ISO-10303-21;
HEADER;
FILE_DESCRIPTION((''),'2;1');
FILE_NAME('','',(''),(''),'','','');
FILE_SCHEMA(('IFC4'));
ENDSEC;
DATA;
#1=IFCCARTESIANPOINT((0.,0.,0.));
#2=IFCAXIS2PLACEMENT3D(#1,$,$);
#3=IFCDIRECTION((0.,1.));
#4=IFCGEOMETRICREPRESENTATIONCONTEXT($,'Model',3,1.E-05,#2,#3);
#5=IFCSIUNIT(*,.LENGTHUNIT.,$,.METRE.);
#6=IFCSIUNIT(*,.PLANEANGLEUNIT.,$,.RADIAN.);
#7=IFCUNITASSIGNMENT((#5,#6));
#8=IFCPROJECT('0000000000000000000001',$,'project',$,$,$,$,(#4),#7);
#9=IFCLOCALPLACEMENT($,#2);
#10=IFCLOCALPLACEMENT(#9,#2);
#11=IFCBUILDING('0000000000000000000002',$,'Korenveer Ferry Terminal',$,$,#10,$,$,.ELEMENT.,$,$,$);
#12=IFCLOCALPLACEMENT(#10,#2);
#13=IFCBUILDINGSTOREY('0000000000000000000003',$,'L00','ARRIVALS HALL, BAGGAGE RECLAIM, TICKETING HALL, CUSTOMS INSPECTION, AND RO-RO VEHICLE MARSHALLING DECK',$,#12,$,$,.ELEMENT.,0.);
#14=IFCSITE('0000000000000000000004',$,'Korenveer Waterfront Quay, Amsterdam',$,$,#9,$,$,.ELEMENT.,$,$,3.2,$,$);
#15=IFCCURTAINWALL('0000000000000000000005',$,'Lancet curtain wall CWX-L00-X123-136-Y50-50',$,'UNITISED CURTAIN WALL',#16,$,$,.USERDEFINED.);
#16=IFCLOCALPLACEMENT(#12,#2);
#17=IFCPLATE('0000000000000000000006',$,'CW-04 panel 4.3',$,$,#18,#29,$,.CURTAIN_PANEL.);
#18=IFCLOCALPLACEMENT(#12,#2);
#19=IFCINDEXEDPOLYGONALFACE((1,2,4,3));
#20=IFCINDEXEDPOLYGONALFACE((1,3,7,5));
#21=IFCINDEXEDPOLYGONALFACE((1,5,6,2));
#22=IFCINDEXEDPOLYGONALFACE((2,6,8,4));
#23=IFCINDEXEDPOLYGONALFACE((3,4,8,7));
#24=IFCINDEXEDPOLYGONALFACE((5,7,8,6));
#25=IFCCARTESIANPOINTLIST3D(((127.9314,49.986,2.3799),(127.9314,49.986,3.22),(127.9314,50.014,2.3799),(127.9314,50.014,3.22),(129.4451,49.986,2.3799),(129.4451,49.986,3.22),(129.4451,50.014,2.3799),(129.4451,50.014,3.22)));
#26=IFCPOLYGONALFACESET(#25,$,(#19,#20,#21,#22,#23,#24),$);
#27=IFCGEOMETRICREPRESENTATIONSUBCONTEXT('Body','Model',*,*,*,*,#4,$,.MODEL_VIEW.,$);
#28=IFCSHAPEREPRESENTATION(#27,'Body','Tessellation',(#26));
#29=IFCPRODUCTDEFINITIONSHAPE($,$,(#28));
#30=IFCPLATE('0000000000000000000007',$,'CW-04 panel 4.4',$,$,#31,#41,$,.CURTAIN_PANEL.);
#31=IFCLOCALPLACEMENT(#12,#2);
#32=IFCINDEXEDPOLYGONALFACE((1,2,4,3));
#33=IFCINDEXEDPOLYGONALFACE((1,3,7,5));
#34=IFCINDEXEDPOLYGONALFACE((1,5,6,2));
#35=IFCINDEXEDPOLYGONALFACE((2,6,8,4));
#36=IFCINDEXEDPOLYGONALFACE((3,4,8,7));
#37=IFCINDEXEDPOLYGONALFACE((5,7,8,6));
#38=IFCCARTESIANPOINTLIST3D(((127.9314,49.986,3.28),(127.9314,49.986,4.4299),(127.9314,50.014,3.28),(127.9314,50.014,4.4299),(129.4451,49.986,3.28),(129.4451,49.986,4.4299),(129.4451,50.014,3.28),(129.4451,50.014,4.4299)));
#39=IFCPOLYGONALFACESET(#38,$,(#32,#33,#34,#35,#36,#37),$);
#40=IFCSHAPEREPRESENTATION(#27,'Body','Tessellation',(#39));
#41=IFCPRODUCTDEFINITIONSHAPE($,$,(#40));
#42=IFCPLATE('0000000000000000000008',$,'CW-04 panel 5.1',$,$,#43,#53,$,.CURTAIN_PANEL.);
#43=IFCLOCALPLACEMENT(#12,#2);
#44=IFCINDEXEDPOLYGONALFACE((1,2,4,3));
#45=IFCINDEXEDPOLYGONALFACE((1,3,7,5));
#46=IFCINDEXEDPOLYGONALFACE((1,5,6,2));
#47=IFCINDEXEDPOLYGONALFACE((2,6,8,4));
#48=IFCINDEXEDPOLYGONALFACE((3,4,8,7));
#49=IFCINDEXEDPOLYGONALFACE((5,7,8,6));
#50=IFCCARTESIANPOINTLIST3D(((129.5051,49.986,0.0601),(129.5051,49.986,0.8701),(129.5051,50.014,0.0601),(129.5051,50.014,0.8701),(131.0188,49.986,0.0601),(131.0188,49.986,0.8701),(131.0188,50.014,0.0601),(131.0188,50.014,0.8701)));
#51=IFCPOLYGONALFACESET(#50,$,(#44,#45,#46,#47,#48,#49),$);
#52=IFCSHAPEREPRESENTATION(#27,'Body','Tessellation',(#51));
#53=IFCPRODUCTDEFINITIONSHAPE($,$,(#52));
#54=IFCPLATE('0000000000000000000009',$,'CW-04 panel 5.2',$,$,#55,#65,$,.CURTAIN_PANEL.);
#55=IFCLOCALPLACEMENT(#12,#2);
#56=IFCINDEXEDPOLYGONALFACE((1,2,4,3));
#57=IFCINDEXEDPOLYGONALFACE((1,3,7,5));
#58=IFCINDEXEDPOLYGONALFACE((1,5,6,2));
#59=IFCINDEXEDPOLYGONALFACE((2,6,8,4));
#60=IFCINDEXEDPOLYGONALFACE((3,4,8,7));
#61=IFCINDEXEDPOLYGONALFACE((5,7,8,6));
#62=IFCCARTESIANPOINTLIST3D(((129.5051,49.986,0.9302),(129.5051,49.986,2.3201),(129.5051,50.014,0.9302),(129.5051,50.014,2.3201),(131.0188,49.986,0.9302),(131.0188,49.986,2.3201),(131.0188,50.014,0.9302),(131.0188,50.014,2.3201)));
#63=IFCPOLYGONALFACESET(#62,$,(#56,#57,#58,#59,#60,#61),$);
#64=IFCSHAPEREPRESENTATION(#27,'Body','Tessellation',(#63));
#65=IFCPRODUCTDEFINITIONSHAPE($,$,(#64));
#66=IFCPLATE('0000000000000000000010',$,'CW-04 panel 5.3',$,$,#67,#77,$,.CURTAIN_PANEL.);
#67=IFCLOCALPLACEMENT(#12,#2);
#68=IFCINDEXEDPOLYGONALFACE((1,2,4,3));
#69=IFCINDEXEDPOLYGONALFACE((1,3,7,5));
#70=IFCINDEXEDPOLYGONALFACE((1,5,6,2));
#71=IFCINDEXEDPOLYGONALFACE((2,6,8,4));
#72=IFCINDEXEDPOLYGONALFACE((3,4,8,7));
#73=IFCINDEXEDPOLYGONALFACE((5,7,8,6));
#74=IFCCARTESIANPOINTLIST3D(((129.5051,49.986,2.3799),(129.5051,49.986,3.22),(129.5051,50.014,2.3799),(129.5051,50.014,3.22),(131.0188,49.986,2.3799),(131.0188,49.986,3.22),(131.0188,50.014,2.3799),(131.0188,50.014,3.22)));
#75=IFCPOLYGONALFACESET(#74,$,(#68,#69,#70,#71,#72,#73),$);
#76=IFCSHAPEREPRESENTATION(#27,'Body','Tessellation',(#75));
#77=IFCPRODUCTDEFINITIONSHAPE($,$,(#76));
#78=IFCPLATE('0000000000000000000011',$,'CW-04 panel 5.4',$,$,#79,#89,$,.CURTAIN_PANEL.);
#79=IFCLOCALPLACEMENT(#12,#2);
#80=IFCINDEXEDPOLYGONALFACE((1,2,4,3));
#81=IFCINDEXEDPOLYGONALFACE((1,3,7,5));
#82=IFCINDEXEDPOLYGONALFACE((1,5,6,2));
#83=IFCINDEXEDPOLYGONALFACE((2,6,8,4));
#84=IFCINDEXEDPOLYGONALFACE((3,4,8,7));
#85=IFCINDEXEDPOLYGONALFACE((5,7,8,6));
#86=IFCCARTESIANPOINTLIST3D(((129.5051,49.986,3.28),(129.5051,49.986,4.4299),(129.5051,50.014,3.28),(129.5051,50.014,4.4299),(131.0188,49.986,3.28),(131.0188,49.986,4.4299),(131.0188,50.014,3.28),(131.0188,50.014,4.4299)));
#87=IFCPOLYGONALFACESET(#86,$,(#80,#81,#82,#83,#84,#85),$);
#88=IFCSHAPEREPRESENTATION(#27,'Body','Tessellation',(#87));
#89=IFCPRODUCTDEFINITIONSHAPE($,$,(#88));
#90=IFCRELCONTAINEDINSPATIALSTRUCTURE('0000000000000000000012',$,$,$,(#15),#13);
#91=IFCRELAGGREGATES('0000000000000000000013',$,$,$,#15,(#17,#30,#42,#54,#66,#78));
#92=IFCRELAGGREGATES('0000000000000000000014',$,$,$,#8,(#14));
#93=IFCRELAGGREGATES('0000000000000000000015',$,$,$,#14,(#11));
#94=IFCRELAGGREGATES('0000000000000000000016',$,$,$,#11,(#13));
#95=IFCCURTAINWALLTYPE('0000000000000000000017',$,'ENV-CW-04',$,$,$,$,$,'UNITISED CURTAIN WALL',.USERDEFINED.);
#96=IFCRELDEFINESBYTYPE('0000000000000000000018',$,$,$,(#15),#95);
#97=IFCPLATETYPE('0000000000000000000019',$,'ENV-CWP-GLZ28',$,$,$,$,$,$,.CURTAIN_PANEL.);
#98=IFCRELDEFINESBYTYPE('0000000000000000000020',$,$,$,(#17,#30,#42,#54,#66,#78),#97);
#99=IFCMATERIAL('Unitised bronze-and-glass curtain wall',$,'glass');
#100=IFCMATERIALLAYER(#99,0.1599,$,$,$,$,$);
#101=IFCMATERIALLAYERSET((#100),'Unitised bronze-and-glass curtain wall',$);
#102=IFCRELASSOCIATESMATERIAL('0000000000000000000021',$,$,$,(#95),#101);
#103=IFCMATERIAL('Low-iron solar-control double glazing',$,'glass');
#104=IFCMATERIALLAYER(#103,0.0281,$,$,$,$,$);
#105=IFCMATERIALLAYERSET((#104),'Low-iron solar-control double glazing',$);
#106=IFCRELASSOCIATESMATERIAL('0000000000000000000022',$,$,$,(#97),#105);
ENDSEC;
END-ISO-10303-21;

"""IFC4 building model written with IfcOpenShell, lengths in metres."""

from ifc_helpers import new_model, si_unit, direction, frame, origin, origin_2d, place, context, subcontext, project, spatial, rectangle, extrude, material, layer, layer_set, type_object, element, aggregate, save


model = new_model("IFC4")

# Units and contexts
model_context = context("Model", 3, precision=1e-05, world=origin(), true_north=direction((0.0, 1.0)))
body_context = subcontext(model_context, "Body", "Model", "MODEL_VIEW")
ifc_project = project(units=[si_unit("LENGTHUNIT", "METRE"), si_unit("PLANEANGLEUNIT", "RADIAN")], contexts=[model_context])

# Site, building, storey
site_placement = place(None, origin())
site = spatial("IfcSite", under=ifc_project, at=site_placement, Name="Korenveer Waterfront Quay, Amsterdam", CompositionType="ELEMENT", RefElevation=3.2)
building_placement = place(site_placement, origin())
building = spatial("IfcBuilding", under=site, at=building_placement, Name="Korenveer Ferry Terminal", CompositionType="ELEMENT")
storey_placement = place(building_placement, origin())
storey = spatial("IfcBuildingStorey", under=building, at=storey_placement, Name="L00", Description="ARRIVALS HALL, BAGGAGE RECLAIM, TICKETING HALL, CUSTOMS INSPECTION, AND RO-RO VEHICLE MARSHALLING DECK", CompositionType="ELEMENT", Elevation=0.0)

# Curtain wall, plates
ifc_material_1 = material(Name="Unitised bronze-and-glass curtain wall", Category="glass")
ifc_layer_1 = layer(ifc_material_1, 0.1599)
ifc_layer_set_1 = layer_set([ifc_layer_1], Name="Unitised bronze-and-glass curtain wall")
curtain_wall_type = type_object("IfcCurtainWallType", Name="ENV-CW-04", ElementType="UNITISED CURTAIN WALL", PredefinedType="USERDEFINED", material=ifc_layer_set_1)
curtain_wall_placement = place(storey_placement, frame((123.1799, 50.0, 0.0)))
curtain_wall = element("IfcCurtainWall", 1, at=curtain_wall_placement, inside=storey, type_object=curtain_wall_type, Name="Lancet curtain wall CWX-L00-X123-136-Y50-50", ObjectType="UNITISED CURTAIN WALL", PredefinedType="USERDEFINED")
ifc_material_2 = material(Name="Low-iron solar-control double glazing", Category="glass")
ifc_layer_2 = layer(ifc_material_2, 0.0281)
ifc_layer_set_2 = layer_set([ifc_layer_2], Name="Low-iron solar-control double glazing")
plate_type = type_object("IfcPlateType", Name="ENV-CWP-GLZ28", PredefinedType="CURTAIN_PANEL", material=ifc_layer_set_2)
plate_1_placement = place(storey_placement, frame((128.6882, 50.0, 2.3799), z_axis=(0.0, 0.0, 1.0), x_axis=(1.0, 0.0, 0.0)))
plate_1 = element("IfcPlate", 2, at=plate_1_placement, type_object=plate_type, Name="CW-04 panel 4.3", PredefinedType="CURTAIN_PANEL", context=body_context, shape_type="SweptSolid", body=[
    extrude(rectangle(XDim=1.5137, YDim=0.0281, at=origin_2d()), origin(), (0.0, 0.0, 1.0), 0.8401),
])
plate_2_placement = place(storey_placement, frame((128.6882, 50.0, 3.28), z_axis=(0.0, 0.0, 1.0), x_axis=(1.0, 0.0, 0.0)))
plate_2 = element("IfcPlate", 3, at=plate_2_placement, type_object=plate_type, Name="CW-04 panel 4.4", PredefinedType="CURTAIN_PANEL", context=body_context, shape_type="SweptSolid", body=[
    extrude(rectangle(XDim=1.5137, YDim=0.0281, at=origin_2d()), origin(), (0.0, 0.0, 1.0), 1.1499),
])
plate_3_placement = place(storey_placement, frame((130.262, 50.0, 0.0601), z_axis=(0.0, 0.0, 1.0), x_axis=(1.0, 0.0, 0.0)))
plate_3 = element("IfcPlate", 4, at=plate_3_placement, type_object=plate_type, Name="CW-04 panel 5.1", PredefinedType="CURTAIN_PANEL", context=body_context, shape_type="SweptSolid", body=[
    extrude(rectangle(XDim=1.5137, YDim=0.0281, at=origin_2d()), origin(), (0.0, 0.0, 1.0), 0.8101),
])
plate_4_placement = place(storey_placement, frame((130.262, 50.0, 0.9302), z_axis=(0.0, 0.0, 1.0), x_axis=(1.0, 0.0, 0.0)))
plate_4 = element("IfcPlate", 5, at=plate_4_placement, type_object=plate_type, Name="CW-04 panel 5.2", PredefinedType="CURTAIN_PANEL", context=body_context, shape_type="SweptSolid", body=[
    extrude(rectangle(XDim=1.5137, YDim=0.0281, at=origin_2d()), origin(), (0.0, 0.0, 1.0), 1.3899),
])
plate_5_placement = place(storey_placement, frame((130.262, 50.0, 2.3799), z_axis=(0.0, 0.0, 1.0), x_axis=(1.0, 0.0, 0.0)))
plate_5 = element("IfcPlate", 6, at=plate_5_placement, type_object=plate_type, Name="CW-04 panel 5.3", PredefinedType="CURTAIN_PANEL", context=body_context, shape_type="SweptSolid", body=[
    extrude(rectangle(XDim=1.5137, YDim=0.0281, at=origin_2d()), origin(), (0.0, 0.0, 1.0), 0.8401),
])
plate_6_placement = place(storey_placement, frame((130.262, 50.0, 3.28), z_axis=(0.0, 0.0, 1.0), x_axis=(1.0, 0.0, 0.0)))
plate_6 = element("IfcPlate", 7, at=plate_6_placement, type_object=plate_type, Name="CW-04 panel 5.4", PredefinedType="CURTAIN_PANEL", context=body_context, shape_type="SweptSolid", body=[
    extrude(rectangle(XDim=1.5137, YDim=0.0281, at=origin_2d()), origin(), (0.0, 0.0, 1.0), 1.1499),
])
aggregate(curtain_wall, [plate_1, plate_2, plate_3, plate_4, plate_5, plate_6])

save(model, "model.ifc")
